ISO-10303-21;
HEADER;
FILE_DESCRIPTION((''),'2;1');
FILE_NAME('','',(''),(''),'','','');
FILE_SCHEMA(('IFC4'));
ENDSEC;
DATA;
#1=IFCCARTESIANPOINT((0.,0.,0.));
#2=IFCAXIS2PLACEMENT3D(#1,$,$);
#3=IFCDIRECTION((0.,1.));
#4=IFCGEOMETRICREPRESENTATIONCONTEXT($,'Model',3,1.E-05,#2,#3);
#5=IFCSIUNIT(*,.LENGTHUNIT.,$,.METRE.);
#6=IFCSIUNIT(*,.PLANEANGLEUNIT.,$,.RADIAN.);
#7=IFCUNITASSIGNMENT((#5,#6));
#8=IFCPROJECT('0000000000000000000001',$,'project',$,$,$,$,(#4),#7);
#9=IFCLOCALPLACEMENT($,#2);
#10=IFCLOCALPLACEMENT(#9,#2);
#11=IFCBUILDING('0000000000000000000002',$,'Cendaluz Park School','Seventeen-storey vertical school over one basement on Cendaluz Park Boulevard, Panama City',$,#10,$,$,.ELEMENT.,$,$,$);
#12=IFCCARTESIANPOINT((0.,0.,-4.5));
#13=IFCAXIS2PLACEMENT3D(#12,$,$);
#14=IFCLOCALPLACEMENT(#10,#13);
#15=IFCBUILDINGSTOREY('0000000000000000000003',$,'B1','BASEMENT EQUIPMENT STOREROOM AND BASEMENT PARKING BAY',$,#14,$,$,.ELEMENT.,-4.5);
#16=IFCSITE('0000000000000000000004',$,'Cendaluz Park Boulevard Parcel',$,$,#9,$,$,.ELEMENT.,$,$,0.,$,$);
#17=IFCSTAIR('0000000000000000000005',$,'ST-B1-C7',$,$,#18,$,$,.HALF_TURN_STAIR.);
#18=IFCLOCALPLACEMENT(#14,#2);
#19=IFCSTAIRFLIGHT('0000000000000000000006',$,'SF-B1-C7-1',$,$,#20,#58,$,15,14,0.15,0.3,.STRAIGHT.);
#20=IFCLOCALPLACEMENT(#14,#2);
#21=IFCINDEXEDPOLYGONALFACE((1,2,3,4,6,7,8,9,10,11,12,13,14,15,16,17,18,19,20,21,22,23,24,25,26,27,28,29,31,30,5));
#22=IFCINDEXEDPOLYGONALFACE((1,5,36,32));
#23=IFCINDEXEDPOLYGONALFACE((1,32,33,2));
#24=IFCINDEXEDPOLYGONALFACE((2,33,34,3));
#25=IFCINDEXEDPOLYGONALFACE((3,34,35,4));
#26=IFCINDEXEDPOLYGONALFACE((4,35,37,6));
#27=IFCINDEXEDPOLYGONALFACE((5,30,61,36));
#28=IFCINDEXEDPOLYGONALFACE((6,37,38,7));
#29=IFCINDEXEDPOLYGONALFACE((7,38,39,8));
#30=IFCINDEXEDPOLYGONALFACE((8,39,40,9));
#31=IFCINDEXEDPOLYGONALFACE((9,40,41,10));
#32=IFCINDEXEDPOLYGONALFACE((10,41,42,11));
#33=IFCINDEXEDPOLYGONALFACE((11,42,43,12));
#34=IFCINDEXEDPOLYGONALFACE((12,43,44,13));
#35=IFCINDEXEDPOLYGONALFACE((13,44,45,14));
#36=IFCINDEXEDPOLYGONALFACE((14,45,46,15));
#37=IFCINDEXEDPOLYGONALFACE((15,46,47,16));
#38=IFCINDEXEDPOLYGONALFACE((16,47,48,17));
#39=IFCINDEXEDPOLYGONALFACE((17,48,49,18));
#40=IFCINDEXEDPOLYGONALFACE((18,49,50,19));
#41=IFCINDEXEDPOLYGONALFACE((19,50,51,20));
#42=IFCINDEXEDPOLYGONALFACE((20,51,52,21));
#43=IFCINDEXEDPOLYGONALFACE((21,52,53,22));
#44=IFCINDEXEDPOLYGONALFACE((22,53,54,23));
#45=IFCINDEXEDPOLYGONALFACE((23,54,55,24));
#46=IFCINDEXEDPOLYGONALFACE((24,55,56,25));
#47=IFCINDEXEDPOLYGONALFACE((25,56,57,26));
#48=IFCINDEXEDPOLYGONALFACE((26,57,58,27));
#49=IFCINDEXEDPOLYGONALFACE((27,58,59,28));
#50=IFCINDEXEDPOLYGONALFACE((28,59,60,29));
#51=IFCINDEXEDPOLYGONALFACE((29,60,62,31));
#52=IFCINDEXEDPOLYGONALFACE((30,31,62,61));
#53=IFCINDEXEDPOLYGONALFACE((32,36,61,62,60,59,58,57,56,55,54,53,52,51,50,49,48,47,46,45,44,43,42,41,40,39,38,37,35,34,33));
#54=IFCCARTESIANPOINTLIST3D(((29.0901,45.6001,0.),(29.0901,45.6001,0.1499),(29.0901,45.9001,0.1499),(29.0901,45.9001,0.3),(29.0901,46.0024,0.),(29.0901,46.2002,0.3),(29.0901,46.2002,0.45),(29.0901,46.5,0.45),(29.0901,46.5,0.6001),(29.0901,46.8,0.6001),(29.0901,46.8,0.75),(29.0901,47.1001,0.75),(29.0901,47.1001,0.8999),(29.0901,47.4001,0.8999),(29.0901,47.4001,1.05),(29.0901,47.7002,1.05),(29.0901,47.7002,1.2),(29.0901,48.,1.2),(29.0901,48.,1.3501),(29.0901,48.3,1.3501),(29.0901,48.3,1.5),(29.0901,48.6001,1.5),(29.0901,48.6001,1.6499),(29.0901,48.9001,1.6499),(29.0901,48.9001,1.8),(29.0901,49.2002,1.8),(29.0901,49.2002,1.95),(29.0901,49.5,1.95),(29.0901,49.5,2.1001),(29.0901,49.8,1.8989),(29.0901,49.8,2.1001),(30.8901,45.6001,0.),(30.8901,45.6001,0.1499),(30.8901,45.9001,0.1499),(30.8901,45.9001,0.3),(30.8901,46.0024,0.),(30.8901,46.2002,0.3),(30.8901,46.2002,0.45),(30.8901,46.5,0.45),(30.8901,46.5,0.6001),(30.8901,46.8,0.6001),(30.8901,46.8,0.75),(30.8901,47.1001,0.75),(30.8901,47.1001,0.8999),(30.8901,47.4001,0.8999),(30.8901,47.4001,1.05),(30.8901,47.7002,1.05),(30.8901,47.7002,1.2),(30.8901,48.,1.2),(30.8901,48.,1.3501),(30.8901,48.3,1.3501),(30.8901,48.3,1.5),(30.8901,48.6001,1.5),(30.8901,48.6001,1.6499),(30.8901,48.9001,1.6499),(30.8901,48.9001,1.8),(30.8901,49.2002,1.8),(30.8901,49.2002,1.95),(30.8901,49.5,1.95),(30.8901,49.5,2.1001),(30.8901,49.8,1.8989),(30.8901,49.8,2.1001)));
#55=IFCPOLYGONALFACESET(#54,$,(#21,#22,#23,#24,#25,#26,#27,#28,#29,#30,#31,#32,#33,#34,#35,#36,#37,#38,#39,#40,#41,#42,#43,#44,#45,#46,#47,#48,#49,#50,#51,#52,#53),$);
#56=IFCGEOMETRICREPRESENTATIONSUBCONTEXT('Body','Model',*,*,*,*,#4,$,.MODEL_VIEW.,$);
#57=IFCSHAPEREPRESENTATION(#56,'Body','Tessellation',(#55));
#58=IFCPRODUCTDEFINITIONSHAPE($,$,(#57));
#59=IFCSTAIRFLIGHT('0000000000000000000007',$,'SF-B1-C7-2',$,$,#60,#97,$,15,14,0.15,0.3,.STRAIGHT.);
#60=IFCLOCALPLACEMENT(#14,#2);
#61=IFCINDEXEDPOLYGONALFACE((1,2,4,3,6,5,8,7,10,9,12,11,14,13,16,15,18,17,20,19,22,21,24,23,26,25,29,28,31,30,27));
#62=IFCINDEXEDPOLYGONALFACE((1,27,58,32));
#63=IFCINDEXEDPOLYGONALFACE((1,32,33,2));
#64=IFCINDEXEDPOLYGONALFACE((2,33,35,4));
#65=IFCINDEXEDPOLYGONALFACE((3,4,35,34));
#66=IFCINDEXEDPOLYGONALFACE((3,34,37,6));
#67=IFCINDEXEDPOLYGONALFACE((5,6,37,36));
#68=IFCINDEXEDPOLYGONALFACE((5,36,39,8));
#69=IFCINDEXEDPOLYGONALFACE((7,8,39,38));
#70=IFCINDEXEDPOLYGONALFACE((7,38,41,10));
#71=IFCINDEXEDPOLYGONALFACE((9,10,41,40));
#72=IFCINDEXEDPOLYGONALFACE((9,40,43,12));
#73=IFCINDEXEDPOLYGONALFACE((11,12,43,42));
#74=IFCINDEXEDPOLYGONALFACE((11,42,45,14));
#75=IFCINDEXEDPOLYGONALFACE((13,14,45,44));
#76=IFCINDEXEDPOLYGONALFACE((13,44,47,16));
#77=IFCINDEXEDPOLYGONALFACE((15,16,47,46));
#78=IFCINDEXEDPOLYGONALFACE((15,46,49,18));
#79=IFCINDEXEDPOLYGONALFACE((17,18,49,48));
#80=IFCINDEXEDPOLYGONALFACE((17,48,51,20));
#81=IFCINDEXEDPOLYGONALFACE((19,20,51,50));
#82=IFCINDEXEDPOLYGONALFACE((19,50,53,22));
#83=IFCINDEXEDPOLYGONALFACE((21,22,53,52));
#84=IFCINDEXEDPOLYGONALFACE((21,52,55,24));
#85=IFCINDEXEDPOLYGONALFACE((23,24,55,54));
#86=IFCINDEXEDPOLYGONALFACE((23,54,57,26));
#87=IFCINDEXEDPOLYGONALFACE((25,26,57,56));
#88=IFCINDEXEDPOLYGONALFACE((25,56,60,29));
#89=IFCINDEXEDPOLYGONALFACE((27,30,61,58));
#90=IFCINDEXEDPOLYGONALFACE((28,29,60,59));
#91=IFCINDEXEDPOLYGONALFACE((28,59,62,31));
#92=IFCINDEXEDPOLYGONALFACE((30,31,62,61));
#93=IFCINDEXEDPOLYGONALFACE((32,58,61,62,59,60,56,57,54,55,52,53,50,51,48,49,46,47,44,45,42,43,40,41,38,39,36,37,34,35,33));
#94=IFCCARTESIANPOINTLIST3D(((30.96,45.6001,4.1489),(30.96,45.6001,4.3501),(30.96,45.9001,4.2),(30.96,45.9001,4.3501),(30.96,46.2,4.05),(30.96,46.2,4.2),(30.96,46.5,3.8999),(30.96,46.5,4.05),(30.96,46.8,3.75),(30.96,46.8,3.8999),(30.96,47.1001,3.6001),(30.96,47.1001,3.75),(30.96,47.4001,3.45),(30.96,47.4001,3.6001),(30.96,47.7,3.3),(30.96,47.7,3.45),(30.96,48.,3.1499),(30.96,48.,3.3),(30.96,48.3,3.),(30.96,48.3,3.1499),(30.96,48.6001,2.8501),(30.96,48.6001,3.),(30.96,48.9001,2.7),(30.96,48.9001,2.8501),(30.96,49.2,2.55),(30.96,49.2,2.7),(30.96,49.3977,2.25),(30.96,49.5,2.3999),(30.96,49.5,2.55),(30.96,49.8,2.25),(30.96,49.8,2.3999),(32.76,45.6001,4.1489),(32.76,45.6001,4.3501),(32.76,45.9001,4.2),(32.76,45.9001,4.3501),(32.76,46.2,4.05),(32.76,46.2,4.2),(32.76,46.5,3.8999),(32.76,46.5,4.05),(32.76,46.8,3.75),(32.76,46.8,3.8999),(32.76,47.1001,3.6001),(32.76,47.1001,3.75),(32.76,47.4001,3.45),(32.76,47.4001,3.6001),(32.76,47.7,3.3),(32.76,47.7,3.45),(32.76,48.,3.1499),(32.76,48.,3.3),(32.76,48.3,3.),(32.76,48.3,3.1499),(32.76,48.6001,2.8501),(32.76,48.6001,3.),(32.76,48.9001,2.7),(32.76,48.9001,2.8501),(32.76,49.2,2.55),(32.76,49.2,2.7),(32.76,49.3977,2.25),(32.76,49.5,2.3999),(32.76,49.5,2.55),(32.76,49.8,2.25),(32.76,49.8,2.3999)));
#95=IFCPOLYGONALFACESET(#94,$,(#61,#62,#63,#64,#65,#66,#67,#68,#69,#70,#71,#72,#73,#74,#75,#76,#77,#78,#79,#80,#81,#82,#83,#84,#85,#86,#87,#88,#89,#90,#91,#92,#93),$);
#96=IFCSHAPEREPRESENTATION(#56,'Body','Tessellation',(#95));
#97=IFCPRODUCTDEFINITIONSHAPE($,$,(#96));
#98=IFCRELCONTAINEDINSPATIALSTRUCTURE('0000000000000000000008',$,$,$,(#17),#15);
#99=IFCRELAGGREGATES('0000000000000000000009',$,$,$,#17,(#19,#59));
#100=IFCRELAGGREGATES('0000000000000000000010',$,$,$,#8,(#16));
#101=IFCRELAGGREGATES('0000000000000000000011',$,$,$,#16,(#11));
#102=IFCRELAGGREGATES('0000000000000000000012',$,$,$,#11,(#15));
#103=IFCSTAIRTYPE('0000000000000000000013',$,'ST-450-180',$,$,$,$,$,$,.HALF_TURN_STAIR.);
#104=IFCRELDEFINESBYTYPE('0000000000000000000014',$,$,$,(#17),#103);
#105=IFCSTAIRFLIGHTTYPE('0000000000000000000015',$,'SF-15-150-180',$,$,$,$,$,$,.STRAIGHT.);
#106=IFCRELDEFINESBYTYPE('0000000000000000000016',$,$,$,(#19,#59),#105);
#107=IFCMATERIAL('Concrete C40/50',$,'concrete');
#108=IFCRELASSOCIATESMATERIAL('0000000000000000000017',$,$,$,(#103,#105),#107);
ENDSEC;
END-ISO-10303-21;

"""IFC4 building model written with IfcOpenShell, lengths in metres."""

from ifc_helpers import new_model, si_unit, direction, frame, origin, place, context, subcontext, project, spatial, polyline, outline, extrude, material, type_object, element, aggregate, save


model = new_model("IFC4")

# Units and contexts
model_context = context("Model", 3, precision=1e-05, world=origin(), true_north=direction((0.0, 1.0)))
body_context = subcontext(model_context, "Body", "Model", "MODEL_VIEW")
ifc_project = project(units=[si_unit("LENGTHUNIT", "METRE"), si_unit("PLANEANGLEUNIT", "RADIAN")], contexts=[model_context])

# Site, building, storey
site_placement = place(None, origin())
site = spatial("IfcSite", under=ifc_project, at=site_placement, Name="Cendaluz Park Boulevard Parcel", CompositionType="ELEMENT", RefElevation=0.0)
building_placement = place(site_placement, origin())
building = spatial("IfcBuilding", under=site, at=building_placement, Name="Cendaluz Park School", Description="Seventeen-storey vertical school over one basement on Cendaluz Park Boulevard, Panama City", CompositionType="ELEMENT")
storey_placement = place(building_placement, frame((0.0, 0.0, -4.5)))
storey = spatial("IfcBuildingStorey", under=building, at=storey_placement, Name="B1", Description="BASEMENT EQUIPMENT STOREROOM AND BASEMENT PARKING BAY", CompositionType="ELEMENT", Elevation=-4.5)

# Shared definitions
ifc_material_1 = material(Name="Concrete C40/50", Category="concrete")

# Stair, stair flights
stair_type = type_object("IfcStairType", Name="ST-450-180", PredefinedType="HALF_TURN_STAIR", material=ifc_material_1)
stair_placement = place(storey_placement, origin())
stair = element("IfcStair", 1, at=stair_placement, inside=storey, type_object=stair_type, Name="ST-B1-C7", PredefinedType="HALF_TURN_STAIR")
stair_flight_type = type_object("IfcStairFlightType", Name="SF-15-150-180", PredefinedType="STRAIGHT", material=ifc_material_1)
stair_flight_1_placement = place(storey_placement, frame((29.99, 45.6001, 0.0), z_axis=(0.0, 0.0, 1.0), x_axis=(0.0, 1.0, 0.0)))
stair_flight_1 = element("IfcStairFlight", 2, at=stair_flight_1_placement, type_object=stair_flight_type, Name="SF-B1-C7-1", NumberOfRisers=15, NumberOfTreads=14, PredefinedType="STRAIGHT", RiserHeight=0.15, TreadLength=0.3, context=body_context, shape_type="SweptSolid", body=[
    extrude(outline(polyline([(0.0, 0.0), (0.0, 0.1499), (0.3, 0.1499), (0.3, 0.3), (0.6001, 0.3), (0.6001, 0.45), (0.8999, 0.45), (0.8999, 0.6001), (1.2, 0.6001), (1.2, 0.75), (1.5, 0.75), (1.5, 0.8999), (1.8, 0.8999), (1.8, 1.05), (2.1001, 1.05), (2.1001, 1.2), (2.3999, 1.2), (2.3999, 1.3501), (2.7, 1.3501), (2.7, 1.5), (3.0, 1.5), (3.0, 1.6499), (3.3, 1.6499), (3.3, 1.8), (3.6001, 1.8), (3.6001, 1.95), (3.8999, 1.95), (3.8999, 2.1001), (4.2, 2.1001), (4.2, 2.25), (4.2, 1.8989), (0.4023, 0.0), (0.0, 0.0)])), frame((0.0, 0.8999, 0.0), z_axis=(0.0, -1.0, 0.0), x_axis=(1.0, 0.0, 0.0)), (0.0, 0.0, 1.0), 1.8),
])
stair_flight_2_placement = place(storey_placement, frame((31.8601, 49.8, 2.25), z_axis=(0.0, 0.0, 1.0), x_axis=(0.0, -1.0, 0.0)))
stair_flight_2 = element("IfcStairFlight", 3, at=stair_flight_2_placement, type_object=stair_flight_type, Name="SF-B1-C7-2", NumberOfRisers=15, NumberOfTreads=14, PredefinedType="STRAIGHT", RiserHeight=0.15, TreadLength=0.3, context=body_context, shape_type="SweptSolid", body=[
    extrude(outline(polyline([(0.0, 0.0), (0.0, 0.1499), (0.3, 0.1499), (0.3, 0.3), (0.6001, 0.3), (0.6001, 0.45), (0.8999, 0.45), (0.8999, 0.6001), (1.2, 0.6001), (1.2, 0.75), (1.5, 0.75), (1.5, 0.8999), (1.8, 0.8999), (1.8, 1.05), (2.1001, 1.05), (2.1001, 1.2), (2.3999, 1.2), (2.3999, 1.3501), (2.7, 1.3501), (2.7, 1.5), (3.0, 1.5), (3.0, 1.6499), (3.3, 1.6499), (3.3, 1.8), (3.6001, 1.8), (3.6001, 1.95), (3.8999, 1.95), (3.8999, 2.1001), (4.2, 2.1001), (4.2, 2.25), (4.2, 1.8989), (0.4023, 0.0), (0.0, 0.0)])), frame((0.0, 0.8999, 0.0), z_axis=(0.0, -1.0, 0.0), x_axis=(1.0, 0.0, 0.0)), (0.0, 0.0, 1.0), 1.8),
])
aggregate(stair, [stair_flight_1, stair_flight_2])

save(model, "model.ifc")
